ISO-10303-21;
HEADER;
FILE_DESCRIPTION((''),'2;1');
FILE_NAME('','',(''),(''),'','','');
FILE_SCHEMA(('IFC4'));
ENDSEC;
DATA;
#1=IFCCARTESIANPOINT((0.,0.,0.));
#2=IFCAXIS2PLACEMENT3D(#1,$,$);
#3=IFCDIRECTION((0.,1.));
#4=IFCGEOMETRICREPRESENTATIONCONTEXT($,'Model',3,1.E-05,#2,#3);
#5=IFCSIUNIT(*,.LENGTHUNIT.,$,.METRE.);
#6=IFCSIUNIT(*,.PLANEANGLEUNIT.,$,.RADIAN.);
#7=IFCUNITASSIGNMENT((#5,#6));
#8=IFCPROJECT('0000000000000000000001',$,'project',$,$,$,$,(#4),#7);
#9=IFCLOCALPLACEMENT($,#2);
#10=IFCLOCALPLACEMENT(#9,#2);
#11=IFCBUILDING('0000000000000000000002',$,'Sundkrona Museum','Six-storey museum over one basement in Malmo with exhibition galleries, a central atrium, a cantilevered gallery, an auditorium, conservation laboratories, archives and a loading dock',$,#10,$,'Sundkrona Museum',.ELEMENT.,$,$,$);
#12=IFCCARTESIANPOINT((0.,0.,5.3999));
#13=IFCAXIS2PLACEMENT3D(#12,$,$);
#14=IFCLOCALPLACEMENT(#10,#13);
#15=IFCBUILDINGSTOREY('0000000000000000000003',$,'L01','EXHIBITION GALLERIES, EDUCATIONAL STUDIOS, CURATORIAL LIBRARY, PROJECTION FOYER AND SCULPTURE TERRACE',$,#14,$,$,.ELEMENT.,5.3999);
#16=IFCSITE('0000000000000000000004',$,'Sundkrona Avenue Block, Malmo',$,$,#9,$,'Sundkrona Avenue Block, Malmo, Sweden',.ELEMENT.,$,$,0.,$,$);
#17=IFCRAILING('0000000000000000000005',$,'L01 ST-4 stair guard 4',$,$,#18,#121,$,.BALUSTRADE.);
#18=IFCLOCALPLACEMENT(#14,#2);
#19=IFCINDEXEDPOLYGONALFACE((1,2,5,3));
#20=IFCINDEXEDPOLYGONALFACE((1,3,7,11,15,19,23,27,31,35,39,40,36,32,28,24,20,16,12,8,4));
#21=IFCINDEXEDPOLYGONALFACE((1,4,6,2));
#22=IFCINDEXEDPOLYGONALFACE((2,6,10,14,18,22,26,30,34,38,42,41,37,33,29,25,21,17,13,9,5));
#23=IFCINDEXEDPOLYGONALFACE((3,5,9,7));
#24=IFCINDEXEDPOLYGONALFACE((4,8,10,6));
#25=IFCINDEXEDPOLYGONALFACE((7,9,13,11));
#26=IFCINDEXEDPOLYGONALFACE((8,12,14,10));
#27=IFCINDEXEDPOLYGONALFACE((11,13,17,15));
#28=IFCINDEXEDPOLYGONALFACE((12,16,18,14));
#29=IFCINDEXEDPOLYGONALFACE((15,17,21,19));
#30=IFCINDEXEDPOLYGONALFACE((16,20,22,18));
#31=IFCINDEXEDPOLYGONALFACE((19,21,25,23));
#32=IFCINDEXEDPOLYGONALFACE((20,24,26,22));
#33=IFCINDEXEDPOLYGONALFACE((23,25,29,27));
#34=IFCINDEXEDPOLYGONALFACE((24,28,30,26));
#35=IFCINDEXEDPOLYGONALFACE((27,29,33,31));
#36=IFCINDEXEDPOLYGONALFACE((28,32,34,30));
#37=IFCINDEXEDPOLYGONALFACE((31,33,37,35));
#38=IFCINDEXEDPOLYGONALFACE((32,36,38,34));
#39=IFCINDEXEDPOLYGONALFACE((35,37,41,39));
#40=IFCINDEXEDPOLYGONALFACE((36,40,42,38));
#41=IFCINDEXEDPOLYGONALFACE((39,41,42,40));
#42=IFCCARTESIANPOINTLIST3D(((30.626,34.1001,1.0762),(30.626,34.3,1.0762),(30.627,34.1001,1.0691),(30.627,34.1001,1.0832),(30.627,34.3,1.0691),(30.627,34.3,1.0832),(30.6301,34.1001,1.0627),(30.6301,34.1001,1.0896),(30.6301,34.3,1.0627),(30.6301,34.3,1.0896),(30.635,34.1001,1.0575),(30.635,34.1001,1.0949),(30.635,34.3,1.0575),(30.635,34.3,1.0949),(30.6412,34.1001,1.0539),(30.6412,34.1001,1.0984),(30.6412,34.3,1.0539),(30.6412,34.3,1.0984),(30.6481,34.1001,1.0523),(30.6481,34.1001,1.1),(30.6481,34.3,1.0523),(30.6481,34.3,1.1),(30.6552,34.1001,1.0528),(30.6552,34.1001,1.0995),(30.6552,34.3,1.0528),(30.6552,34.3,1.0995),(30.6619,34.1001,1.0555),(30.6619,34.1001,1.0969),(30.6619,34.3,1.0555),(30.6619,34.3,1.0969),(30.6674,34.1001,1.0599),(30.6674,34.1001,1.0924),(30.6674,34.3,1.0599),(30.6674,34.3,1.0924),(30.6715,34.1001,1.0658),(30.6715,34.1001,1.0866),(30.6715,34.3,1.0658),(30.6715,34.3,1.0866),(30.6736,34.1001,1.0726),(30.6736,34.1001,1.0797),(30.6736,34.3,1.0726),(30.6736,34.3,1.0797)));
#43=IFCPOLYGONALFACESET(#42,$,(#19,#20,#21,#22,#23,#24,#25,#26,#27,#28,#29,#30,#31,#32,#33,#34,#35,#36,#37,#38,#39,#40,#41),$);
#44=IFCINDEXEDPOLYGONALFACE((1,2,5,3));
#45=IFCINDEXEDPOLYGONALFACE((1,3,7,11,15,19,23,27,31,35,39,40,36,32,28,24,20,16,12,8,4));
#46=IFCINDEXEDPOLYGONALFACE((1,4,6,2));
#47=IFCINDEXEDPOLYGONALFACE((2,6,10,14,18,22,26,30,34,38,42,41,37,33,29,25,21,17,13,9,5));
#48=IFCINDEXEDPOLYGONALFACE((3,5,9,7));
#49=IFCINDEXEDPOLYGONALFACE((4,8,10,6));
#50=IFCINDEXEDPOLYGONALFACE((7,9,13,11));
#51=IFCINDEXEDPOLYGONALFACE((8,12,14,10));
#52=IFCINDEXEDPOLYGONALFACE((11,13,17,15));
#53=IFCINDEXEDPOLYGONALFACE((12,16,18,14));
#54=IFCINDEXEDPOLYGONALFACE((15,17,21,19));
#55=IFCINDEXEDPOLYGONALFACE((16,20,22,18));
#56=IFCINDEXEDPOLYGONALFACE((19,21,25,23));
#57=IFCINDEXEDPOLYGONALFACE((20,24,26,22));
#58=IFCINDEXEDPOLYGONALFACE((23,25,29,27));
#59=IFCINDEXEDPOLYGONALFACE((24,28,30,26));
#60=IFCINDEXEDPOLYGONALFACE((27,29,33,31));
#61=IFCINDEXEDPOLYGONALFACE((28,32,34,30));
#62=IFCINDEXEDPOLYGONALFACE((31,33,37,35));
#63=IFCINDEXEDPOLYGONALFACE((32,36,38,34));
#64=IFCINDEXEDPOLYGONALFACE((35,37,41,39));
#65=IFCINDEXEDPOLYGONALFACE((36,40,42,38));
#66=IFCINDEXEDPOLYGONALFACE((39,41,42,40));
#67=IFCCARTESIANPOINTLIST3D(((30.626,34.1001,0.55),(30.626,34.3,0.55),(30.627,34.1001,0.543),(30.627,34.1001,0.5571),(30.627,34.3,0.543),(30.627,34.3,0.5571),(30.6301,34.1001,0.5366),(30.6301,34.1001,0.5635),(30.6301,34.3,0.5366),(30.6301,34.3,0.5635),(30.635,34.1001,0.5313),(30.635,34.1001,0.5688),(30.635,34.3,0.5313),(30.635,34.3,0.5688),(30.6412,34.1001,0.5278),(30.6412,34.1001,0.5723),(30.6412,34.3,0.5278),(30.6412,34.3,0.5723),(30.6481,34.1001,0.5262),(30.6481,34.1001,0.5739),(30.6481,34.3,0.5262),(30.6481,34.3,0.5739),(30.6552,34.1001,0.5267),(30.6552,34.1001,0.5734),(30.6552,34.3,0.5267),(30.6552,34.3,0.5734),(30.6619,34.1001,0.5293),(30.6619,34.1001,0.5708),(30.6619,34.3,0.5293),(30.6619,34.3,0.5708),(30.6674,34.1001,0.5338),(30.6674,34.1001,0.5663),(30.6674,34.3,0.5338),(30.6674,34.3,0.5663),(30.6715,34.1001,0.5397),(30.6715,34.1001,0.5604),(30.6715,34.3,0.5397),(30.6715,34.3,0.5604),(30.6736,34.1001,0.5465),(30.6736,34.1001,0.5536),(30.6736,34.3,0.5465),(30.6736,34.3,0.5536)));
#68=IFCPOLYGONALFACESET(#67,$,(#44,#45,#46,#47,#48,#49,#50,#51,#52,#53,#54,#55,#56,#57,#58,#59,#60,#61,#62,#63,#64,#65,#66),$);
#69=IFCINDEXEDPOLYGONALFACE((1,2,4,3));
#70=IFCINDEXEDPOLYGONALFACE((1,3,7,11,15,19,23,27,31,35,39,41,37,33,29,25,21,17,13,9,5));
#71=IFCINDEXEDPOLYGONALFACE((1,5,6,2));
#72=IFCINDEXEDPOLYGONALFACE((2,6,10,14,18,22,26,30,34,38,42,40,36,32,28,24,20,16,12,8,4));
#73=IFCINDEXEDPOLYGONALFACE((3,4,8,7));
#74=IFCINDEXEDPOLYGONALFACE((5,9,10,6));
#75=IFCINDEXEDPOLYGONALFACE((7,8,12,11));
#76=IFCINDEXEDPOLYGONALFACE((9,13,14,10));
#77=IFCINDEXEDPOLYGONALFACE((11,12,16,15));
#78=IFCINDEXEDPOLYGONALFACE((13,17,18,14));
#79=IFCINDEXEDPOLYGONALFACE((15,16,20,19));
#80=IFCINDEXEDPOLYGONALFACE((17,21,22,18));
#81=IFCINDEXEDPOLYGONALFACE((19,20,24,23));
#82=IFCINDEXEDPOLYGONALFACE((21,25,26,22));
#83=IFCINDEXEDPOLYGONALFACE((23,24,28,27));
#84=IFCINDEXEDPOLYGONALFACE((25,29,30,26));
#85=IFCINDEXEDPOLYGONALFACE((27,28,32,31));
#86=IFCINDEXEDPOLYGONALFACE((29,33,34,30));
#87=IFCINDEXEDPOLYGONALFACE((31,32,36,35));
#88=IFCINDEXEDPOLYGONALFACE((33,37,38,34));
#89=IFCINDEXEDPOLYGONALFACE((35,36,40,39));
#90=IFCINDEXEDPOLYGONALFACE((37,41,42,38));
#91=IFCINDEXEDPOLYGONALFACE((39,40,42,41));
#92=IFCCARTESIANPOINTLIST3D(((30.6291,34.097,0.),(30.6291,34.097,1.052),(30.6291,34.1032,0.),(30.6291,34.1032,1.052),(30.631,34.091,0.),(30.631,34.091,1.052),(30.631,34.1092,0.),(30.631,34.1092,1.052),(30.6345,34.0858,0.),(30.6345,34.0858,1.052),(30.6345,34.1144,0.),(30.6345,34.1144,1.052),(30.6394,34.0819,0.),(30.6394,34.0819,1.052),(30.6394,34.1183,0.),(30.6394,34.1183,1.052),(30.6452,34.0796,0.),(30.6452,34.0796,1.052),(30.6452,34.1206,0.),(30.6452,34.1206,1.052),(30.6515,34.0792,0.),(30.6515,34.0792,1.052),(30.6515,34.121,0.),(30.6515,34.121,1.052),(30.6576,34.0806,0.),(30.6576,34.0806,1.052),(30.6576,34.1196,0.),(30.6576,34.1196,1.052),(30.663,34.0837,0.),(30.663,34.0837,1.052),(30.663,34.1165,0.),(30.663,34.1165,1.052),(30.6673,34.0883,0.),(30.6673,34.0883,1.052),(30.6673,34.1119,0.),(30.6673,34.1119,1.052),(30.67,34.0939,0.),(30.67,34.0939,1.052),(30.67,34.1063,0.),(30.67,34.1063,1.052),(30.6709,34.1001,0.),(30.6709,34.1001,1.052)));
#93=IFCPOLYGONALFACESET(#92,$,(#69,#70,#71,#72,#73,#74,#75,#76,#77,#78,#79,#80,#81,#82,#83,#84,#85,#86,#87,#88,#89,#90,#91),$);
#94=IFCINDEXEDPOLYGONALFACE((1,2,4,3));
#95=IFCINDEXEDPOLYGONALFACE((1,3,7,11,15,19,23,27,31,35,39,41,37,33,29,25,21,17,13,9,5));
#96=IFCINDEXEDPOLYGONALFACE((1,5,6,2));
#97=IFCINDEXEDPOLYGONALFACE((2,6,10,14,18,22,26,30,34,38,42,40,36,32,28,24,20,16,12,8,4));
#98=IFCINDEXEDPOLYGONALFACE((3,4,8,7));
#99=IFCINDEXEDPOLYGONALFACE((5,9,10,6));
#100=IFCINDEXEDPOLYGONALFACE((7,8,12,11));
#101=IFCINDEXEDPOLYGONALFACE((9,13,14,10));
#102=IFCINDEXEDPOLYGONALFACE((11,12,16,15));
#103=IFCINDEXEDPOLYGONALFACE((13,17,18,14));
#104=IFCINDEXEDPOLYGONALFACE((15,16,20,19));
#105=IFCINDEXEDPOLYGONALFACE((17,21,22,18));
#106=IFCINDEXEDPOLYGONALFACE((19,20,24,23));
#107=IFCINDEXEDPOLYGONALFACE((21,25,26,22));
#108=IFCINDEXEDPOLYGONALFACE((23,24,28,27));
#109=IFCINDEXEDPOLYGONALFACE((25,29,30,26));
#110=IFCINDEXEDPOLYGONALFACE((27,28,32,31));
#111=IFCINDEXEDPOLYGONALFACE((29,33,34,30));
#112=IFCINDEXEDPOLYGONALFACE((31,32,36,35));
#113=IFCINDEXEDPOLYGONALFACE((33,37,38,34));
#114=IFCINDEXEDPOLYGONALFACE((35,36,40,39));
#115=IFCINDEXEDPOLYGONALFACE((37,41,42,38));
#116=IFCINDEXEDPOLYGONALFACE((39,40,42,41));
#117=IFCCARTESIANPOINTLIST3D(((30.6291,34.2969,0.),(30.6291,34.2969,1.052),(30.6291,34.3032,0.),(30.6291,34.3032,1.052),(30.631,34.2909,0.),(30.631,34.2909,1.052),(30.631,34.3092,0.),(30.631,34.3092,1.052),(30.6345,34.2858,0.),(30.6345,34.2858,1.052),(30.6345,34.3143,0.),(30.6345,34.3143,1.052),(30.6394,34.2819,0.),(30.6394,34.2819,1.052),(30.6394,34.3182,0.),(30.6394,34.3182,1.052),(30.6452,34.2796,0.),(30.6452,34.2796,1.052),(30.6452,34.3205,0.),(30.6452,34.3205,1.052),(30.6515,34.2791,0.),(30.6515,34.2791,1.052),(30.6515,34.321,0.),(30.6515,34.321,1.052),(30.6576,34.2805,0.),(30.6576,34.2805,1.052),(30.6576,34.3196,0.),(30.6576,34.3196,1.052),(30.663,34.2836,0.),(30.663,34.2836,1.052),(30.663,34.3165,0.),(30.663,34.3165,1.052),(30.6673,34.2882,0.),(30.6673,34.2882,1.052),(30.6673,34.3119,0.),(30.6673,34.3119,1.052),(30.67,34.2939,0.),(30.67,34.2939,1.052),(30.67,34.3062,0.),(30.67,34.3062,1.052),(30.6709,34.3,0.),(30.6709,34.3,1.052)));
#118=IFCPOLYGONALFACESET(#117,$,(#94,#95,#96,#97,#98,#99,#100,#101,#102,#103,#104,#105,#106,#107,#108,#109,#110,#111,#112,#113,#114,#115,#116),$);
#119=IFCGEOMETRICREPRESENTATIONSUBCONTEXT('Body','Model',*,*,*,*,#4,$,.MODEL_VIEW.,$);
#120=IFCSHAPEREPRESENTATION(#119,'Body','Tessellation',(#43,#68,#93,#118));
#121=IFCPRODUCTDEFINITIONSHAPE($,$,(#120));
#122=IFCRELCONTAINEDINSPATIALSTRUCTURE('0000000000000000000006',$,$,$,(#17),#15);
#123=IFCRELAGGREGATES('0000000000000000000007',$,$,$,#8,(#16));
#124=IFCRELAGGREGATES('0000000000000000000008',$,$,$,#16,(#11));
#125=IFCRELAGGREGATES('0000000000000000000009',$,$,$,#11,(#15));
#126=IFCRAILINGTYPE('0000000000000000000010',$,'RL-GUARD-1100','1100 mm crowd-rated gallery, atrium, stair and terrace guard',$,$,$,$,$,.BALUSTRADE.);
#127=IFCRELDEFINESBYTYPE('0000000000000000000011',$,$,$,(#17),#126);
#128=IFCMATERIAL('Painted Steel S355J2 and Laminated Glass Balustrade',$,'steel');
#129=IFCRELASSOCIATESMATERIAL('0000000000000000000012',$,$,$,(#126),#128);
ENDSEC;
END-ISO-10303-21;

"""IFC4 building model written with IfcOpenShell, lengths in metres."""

from ifc_helpers import new_model, si_unit, direction, frame, origin, origin_2d, place, context, subcontext, project, spatial, circle, extrude, material, type_object, element, save


model = new_model("IFC4")

# Units and contexts
model_context = context("Model", 3, precision=1e-05, world=origin(), true_north=direction((0.0, 1.0)))
body_context = subcontext(model_context, "Body", "Model", "MODEL_VIEW")
ifc_project = project(units=[si_unit("LENGTHUNIT", "METRE"), si_unit("PLANEANGLEUNIT", "RADIAN")], contexts=[model_context])

# Site, building, storey
site_placement = place(None, origin())
site = spatial("IfcSite", under=ifc_project, at=site_placement, Name="Sundkrona Avenue Block, Malmo", LongName="Sundkrona Avenue Block, Malmo, Sweden", CompositionType="ELEMENT", RefElevation=0.0)
building_placement = place(site_placement, origin())
building = spatial("IfcBuilding", under=site, at=building_placement, Name="Sundkrona Museum", Description="Six-storey museum over one basement in Malmo with exhibition galleries, a central atrium, a cantilevered gallery, an auditorium, conservation laboratories, archives and a loading dock", LongName="Sundkrona Museum", CompositionType="ELEMENT")
storey_placement = place(building_placement, frame((0.0, 0.0, 5.3999)))
storey = spatial("IfcBuildingStorey", under=building, at=storey_placement, Name="L01", Description="EXHIBITION GALLERIES, EDUCATIONAL STUDIOS, CURATORIAL LIBRARY, PROJECTION FOYER AND SCULPTURE TERRACE", CompositionType="ELEMENT", Elevation=5.3999)

# Railing
ifc_material_1 = material(Name="Painted Steel S355J2 and Laminated Glass Balustrade", Category="steel")
railing_type = type_object("IfcRailingType", Name="RL-GUARD-1100", Description="1100 mm crowd-rated gallery, atrium, stair and terrace guard", PredefinedType="BALUSTRADE", material=ifc_material_1)
railing_1_placement = place(storey_placement, frame((30.6499, 34.1001, 0.0)))
element("IfcRailing", 1, at=railing_1_placement, inside=storey, type_object=railing_type, Name="L01 ST-4 stair guard 4", PredefinedType="BALUSTRADE", context=body_context, shape_type="SweptSolid", body=[
    extrude(circle(Radius=0.0239, at=origin_2d()), frame((0.0, 0.0, 1.0762), z_axis=(0.0, 1.0, 0.0), x_axis=(-1.0, 0.0, 0.0)), (0.0, 0.0, 1.0), 0.2),
    extrude(circle(Radius=0.0239, at=origin_2d()), frame((0.0, 0.0, 0.55), z_axis=(0.0, 1.0, 0.0), x_axis=(-1.0, 0.0, 0.0)), (0.0, 0.0, 1.0), 0.2),
    extrude(circle(Radius=0.021, at=origin_2d()), origin(), (0.0, 0.0, 1.0), 1.052),
    extrude(circle(Radius=0.021, at=origin_2d()), frame((0.0, 0.2, 0.0)), (0.0, 0.0, 1.0), 1.052),
])

save(model, "model.ifc")
